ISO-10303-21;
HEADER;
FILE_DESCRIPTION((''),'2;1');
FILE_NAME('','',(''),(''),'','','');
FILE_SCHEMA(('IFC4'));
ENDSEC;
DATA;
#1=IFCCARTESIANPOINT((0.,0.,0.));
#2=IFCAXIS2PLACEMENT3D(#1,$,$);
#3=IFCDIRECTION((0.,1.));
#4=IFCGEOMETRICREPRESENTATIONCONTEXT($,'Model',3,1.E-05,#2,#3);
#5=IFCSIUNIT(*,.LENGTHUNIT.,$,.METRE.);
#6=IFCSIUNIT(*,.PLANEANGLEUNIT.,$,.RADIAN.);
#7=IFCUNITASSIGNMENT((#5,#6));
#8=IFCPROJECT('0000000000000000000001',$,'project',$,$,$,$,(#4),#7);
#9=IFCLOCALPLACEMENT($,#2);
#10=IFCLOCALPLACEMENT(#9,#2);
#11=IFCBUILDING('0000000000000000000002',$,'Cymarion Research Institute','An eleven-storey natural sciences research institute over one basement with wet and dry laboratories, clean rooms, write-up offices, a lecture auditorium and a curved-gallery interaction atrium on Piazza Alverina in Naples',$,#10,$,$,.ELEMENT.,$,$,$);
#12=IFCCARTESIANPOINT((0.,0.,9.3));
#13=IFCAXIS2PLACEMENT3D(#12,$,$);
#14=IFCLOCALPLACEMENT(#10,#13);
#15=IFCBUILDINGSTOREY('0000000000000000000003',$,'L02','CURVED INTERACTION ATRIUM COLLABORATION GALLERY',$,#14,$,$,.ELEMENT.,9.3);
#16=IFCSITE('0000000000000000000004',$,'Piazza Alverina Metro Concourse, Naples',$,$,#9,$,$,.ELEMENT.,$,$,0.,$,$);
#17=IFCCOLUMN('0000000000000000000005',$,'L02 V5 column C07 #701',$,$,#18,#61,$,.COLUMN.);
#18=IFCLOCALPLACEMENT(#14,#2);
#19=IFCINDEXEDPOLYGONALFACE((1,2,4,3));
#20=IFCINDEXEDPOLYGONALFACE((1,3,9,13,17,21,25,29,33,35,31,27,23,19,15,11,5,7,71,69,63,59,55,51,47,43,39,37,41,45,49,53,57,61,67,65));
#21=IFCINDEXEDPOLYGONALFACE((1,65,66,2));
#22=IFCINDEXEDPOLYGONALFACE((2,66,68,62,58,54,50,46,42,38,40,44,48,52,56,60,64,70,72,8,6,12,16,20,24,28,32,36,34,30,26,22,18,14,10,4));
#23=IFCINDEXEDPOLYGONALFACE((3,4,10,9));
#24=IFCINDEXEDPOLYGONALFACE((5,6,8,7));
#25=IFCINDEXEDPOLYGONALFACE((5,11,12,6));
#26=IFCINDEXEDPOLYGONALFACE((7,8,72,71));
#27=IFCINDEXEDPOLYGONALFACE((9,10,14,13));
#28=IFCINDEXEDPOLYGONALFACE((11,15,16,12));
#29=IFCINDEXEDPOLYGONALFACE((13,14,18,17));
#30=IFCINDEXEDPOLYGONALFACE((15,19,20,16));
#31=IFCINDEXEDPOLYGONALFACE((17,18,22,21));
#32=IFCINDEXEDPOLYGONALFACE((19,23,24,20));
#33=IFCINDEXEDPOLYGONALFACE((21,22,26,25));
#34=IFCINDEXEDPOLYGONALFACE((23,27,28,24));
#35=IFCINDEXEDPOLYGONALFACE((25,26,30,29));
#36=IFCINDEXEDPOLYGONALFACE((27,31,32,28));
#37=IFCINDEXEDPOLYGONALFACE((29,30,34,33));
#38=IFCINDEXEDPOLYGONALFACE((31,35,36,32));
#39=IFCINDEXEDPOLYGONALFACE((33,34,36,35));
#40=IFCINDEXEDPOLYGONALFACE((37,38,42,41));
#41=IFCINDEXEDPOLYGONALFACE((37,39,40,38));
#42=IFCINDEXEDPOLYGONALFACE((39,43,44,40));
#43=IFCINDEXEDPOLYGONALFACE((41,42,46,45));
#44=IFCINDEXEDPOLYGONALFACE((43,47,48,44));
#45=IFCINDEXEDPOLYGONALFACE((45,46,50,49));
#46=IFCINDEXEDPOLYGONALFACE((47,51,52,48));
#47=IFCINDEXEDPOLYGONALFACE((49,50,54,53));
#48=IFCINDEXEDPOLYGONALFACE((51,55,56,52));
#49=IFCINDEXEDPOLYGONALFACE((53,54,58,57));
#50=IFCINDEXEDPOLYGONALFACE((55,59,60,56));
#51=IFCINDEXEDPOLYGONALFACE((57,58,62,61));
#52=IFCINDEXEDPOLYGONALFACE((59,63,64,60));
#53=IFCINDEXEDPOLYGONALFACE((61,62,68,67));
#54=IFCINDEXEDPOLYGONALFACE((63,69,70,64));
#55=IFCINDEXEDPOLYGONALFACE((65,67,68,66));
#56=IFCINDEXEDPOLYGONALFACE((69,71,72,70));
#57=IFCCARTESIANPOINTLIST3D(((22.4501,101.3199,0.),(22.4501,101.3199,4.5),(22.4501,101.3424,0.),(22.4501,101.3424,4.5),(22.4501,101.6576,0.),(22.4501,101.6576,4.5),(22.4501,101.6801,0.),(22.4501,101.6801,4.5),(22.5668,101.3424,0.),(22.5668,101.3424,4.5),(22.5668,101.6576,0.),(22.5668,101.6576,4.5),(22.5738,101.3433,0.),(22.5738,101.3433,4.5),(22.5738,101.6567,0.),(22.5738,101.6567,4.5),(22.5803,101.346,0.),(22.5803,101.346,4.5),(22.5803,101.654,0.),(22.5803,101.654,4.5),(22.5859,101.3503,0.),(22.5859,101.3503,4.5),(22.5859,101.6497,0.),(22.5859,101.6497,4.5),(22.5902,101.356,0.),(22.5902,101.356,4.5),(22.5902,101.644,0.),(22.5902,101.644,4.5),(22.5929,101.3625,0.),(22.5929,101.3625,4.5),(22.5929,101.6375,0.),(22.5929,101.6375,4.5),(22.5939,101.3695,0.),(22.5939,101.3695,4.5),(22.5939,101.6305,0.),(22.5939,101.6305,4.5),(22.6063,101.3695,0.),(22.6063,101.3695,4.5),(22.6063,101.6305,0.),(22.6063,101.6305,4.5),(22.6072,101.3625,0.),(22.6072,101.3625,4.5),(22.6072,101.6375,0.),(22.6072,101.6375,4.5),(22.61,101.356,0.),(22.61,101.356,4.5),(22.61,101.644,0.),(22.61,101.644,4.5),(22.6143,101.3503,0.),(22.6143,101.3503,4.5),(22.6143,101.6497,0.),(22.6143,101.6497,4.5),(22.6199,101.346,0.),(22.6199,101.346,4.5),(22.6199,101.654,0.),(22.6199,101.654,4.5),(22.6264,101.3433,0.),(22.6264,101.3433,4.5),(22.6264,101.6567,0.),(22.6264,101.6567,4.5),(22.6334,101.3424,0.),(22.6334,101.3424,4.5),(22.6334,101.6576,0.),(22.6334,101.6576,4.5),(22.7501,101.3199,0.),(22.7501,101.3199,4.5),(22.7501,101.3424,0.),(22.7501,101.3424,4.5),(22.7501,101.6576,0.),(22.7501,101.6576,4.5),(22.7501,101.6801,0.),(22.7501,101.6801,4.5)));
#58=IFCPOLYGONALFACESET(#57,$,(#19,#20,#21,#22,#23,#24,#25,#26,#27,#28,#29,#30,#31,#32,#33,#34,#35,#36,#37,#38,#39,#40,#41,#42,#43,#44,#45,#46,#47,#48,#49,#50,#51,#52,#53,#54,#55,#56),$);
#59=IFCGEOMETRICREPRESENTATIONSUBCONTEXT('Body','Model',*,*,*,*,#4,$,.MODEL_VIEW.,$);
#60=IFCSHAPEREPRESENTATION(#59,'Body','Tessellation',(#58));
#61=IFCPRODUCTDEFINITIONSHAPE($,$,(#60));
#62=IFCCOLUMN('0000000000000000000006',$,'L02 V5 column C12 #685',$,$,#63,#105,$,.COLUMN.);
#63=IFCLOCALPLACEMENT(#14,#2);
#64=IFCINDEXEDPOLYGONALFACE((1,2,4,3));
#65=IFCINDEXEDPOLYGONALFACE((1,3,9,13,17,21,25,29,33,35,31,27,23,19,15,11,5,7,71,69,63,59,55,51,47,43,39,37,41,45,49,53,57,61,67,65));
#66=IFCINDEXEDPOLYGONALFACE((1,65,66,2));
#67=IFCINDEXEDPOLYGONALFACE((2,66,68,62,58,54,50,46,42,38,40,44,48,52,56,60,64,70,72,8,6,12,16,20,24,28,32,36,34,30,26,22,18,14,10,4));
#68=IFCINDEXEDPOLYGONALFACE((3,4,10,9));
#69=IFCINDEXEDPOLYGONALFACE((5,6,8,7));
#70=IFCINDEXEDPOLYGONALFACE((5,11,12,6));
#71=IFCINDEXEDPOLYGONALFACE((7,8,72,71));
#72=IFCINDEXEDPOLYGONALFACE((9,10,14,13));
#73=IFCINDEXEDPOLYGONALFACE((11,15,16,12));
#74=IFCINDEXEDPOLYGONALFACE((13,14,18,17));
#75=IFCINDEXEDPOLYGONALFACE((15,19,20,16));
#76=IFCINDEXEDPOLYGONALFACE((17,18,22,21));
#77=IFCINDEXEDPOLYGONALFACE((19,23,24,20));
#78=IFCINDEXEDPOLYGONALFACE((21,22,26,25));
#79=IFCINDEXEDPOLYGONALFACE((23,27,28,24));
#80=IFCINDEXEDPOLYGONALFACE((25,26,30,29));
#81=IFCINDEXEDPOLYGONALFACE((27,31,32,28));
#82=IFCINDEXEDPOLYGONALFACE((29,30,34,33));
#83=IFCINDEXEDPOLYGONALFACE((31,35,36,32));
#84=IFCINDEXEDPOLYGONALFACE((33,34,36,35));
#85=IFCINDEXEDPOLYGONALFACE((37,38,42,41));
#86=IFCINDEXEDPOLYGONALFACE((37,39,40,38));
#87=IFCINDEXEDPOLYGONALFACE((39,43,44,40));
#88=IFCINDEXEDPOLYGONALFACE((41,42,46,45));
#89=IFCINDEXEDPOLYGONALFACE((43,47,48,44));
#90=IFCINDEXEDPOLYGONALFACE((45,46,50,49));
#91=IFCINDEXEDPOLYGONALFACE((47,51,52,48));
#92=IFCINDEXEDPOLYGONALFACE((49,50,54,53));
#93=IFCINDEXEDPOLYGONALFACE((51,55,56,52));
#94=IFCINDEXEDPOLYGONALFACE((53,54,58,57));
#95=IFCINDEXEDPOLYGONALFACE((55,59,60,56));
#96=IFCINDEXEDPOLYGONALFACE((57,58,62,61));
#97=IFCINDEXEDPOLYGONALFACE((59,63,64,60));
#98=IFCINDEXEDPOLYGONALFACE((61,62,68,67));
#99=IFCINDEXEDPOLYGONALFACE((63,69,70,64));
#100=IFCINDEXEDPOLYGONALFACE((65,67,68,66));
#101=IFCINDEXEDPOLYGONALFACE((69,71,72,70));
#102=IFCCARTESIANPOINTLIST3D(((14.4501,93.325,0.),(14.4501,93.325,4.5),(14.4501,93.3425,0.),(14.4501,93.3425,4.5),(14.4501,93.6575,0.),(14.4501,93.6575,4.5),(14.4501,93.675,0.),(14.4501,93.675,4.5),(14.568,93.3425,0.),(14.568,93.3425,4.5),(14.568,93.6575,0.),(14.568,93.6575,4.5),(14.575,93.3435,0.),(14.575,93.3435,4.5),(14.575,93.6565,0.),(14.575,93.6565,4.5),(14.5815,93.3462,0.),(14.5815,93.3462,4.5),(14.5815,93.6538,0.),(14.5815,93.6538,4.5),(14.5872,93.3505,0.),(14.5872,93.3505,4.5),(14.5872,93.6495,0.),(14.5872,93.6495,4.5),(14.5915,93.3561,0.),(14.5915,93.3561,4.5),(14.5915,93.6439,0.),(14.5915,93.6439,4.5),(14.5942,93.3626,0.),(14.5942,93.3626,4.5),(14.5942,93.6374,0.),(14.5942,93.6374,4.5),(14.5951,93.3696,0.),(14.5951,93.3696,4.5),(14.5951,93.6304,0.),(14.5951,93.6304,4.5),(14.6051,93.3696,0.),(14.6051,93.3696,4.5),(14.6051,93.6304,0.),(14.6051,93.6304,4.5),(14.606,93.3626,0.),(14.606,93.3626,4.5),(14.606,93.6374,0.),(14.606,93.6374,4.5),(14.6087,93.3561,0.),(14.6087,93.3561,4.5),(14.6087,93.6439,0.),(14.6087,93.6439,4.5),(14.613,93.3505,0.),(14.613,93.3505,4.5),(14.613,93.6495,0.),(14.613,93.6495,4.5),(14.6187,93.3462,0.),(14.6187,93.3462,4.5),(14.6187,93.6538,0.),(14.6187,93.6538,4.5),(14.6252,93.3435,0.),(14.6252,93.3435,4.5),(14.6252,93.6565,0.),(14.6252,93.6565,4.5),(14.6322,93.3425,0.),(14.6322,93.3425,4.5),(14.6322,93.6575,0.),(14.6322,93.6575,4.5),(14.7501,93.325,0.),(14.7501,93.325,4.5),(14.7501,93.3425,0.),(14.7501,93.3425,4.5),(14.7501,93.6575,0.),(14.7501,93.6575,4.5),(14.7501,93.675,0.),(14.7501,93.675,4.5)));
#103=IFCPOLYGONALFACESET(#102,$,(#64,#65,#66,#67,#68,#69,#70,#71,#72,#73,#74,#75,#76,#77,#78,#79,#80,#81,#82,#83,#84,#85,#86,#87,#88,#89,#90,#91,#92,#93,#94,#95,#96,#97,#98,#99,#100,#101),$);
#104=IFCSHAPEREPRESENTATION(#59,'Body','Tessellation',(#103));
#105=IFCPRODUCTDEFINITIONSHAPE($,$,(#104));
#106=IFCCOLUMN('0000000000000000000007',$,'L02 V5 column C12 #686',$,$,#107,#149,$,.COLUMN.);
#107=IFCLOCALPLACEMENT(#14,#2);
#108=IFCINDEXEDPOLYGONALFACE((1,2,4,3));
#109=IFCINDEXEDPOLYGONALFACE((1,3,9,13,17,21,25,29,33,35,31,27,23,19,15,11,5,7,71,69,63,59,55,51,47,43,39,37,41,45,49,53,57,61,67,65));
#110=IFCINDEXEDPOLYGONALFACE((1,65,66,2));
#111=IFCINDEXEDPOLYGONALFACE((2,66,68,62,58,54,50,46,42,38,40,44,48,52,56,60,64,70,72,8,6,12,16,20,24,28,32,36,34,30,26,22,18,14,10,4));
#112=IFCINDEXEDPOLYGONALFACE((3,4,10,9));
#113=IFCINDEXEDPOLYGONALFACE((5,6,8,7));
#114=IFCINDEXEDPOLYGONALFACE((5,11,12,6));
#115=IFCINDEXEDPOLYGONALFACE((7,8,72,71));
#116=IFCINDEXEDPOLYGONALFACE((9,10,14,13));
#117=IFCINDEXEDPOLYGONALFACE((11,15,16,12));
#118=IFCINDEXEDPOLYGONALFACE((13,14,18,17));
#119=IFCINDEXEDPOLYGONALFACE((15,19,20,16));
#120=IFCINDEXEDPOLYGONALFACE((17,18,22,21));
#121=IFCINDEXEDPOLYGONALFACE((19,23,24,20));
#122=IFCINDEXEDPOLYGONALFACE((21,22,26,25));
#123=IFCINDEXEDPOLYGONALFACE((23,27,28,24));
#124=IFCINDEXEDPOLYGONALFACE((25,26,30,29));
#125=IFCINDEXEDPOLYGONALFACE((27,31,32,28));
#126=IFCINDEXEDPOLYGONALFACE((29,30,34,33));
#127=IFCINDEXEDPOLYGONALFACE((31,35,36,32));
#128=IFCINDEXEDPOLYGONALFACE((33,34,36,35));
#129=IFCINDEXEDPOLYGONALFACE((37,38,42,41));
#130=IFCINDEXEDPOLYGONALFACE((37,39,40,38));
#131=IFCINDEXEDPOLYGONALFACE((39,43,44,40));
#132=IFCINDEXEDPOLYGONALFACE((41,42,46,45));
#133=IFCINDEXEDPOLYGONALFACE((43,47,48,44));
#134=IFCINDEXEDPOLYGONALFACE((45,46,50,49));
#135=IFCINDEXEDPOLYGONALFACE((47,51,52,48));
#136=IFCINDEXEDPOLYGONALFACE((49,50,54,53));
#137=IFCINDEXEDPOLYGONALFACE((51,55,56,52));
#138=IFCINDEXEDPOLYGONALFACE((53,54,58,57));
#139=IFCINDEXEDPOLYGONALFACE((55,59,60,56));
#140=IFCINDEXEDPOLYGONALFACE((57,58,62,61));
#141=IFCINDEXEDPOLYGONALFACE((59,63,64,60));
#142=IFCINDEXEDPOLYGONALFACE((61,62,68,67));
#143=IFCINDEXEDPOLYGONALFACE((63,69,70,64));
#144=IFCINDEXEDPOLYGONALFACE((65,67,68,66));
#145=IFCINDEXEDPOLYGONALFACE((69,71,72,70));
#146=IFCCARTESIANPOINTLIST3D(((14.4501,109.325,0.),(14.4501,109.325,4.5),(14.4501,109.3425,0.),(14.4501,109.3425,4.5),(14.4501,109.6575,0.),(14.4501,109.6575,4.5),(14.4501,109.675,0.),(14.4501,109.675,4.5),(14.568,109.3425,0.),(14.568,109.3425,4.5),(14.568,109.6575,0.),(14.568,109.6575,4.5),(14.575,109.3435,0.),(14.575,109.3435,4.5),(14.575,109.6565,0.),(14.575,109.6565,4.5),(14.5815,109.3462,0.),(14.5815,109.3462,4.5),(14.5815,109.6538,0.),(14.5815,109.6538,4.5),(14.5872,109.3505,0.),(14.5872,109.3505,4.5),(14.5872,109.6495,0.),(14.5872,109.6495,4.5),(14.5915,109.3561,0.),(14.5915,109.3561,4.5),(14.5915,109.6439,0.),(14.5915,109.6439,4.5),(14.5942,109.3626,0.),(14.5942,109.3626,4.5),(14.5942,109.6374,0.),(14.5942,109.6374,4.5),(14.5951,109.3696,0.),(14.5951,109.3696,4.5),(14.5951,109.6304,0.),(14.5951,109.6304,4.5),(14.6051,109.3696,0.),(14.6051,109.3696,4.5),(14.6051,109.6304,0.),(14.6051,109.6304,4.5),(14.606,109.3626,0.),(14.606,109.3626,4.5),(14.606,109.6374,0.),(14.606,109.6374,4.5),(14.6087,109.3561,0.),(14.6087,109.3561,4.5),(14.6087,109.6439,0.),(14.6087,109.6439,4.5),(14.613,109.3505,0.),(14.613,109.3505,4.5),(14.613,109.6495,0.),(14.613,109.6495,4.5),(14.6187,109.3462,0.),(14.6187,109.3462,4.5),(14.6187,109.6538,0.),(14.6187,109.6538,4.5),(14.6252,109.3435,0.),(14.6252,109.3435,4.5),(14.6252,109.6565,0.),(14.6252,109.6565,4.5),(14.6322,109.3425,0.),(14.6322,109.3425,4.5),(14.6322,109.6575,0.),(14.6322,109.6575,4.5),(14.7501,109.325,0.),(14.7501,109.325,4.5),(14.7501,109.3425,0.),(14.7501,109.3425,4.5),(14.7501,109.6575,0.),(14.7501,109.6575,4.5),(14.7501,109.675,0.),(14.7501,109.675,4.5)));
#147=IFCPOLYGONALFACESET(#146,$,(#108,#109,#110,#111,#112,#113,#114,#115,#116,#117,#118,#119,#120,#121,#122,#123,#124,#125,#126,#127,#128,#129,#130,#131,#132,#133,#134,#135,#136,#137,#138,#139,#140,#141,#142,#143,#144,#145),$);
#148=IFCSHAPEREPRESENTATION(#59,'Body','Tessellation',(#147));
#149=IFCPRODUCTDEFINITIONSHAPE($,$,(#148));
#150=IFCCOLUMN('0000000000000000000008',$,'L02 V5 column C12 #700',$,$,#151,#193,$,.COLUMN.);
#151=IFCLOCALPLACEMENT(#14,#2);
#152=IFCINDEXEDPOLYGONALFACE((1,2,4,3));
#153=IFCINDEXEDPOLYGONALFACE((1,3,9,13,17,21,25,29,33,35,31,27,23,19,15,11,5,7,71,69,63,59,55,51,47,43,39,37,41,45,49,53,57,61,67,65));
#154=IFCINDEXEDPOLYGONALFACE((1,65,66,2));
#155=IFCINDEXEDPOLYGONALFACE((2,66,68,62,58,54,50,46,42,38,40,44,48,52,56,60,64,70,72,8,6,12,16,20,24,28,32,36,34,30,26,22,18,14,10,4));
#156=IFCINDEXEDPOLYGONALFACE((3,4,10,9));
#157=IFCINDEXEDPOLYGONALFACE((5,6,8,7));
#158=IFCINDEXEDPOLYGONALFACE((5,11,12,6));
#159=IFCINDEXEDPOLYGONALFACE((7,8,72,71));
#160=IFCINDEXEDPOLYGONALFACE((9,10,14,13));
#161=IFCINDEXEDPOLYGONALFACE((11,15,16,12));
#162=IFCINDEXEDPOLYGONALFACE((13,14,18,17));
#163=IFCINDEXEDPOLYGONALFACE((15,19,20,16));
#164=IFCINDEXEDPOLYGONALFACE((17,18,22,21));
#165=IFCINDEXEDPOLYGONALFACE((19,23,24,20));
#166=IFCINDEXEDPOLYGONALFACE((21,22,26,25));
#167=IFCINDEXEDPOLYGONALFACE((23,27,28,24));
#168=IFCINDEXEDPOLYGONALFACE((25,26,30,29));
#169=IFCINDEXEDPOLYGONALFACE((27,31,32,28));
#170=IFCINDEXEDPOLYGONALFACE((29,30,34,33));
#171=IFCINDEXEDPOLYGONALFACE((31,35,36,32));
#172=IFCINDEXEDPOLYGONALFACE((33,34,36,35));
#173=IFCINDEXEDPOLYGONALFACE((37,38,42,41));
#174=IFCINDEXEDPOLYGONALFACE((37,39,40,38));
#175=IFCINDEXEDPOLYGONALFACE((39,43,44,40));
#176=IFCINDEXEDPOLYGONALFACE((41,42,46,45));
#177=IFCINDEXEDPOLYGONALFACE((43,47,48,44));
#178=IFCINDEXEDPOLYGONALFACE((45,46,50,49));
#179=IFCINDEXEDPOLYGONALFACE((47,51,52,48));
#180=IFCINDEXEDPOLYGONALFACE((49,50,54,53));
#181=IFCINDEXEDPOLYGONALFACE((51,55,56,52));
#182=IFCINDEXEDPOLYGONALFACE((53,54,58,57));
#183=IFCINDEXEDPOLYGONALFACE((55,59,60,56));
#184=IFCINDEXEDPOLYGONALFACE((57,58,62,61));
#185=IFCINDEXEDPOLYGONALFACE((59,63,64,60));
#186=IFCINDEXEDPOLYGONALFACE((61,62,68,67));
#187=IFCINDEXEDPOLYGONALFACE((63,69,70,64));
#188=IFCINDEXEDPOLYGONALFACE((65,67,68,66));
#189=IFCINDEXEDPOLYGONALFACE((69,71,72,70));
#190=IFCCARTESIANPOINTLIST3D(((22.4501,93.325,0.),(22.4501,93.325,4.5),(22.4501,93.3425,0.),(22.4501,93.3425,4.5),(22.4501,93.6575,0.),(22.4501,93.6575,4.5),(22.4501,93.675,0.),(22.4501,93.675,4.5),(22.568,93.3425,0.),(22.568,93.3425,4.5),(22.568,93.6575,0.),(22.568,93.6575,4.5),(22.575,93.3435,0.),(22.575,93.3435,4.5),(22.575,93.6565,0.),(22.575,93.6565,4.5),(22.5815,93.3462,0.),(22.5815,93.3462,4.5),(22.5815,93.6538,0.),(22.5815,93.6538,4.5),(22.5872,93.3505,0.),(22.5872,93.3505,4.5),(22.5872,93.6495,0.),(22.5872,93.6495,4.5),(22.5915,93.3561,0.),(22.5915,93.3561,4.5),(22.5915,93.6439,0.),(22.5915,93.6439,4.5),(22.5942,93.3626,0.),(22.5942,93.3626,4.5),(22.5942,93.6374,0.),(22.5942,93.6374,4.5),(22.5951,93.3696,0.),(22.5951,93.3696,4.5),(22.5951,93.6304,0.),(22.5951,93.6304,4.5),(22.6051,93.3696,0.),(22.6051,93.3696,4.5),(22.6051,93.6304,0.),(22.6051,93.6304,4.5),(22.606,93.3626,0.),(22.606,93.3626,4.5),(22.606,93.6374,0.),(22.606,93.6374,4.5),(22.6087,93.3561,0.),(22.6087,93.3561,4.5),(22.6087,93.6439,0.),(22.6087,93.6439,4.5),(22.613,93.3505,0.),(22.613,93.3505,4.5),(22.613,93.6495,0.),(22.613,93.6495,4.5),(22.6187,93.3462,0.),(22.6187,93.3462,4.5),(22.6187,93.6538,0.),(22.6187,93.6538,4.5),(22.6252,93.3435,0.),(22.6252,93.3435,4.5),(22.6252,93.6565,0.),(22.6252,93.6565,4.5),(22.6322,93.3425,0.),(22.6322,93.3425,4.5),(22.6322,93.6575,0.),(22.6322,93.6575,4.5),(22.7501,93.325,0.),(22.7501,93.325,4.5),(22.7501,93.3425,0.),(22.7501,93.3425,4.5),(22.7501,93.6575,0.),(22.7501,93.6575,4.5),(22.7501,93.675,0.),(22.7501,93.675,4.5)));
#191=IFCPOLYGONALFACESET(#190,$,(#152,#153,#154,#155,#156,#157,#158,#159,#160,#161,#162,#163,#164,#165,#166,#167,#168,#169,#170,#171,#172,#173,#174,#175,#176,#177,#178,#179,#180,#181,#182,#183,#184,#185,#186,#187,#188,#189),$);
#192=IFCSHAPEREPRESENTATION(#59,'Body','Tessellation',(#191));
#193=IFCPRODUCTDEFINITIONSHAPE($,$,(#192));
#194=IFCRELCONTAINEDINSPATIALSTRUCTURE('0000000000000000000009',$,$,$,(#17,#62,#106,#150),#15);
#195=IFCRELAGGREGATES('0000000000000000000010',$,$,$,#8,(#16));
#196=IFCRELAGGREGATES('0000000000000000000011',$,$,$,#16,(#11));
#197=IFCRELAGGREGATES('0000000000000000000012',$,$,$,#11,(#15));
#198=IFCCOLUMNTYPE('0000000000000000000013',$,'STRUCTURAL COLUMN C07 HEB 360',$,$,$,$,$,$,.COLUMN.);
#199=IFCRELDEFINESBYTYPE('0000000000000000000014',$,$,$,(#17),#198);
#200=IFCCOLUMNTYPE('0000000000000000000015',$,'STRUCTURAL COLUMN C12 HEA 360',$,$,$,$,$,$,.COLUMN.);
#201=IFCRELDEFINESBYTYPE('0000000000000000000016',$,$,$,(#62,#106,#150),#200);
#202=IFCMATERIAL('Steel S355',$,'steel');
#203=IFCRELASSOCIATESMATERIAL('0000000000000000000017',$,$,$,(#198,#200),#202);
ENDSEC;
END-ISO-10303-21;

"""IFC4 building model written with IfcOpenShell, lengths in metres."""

from ifc_helpers import new_model, si_unit, direction, frame, origin, origin_2d, place, context, subcontext, project, spatial, i_section, extrude, material, material_profile, profile_set, type_object, element, save


model = new_model("IFC4")

# Units and contexts
model_context = context("Model", 3, precision=1e-05, world=origin(), true_north=direction((0.0, 1.0)))
body_context = subcontext(model_context, "Body", "Model", "MODEL_VIEW")
ifc_project = project(units=[si_unit("LENGTHUNIT", "METRE"), si_unit("PLANEANGLEUNIT", "RADIAN")], contexts=[model_context])

# Site, building, storey
site_placement = place(None, origin())
site = spatial("IfcSite", under=ifc_project, at=site_placement, Name="Piazza Alverina Metro Concourse, Naples", CompositionType="ELEMENT", RefElevation=0.0)
building_placement = place(site_placement, origin())
building = spatial("IfcBuilding", under=site, at=building_placement, Name="Cymarion Research Institute", Description="An eleven-storey natural sciences research institute over one basement with wet and dry laboratories, clean rooms, write-up offices, a lecture auditorium and a curved-gallery interaction atrium on Piazza Alverina in Naples", CompositionType="ELEMENT")
storey_placement = place(building_placement, frame((0.0, 0.0, 9.3)))
storey = spatial("IfcBuildingStorey", under=building, at=storey_placement, Name="L02", Description="CURVED INTERACTION ATRIUM COLLABORATION GALLERY", CompositionType="ELEMENT", Elevation=9.3)

# Columns
ifc_material_1 = material(Name="Steel S355", Category="steel")
ifc_material_profile_1 = material_profile(ifc_material_1, i_section(OverallWidth=0.3, OverallDepth=0.3601, WebThickness=0.0125, FlangeThickness=0.0225, FilletRadius=0.0271, at=origin_2d()), Name="HEB 360")
ifc_profile_set_1 = profile_set([ifc_material_profile_1], Name="Steel S355")
column_type_1 = type_object("IfcColumnType", Name="STRUCTURAL COLUMN C07 HEB 360", PredefinedType="COLUMN", material=ifc_profile_set_1)
column_placement = place(storey_placement, frame((22.6001, 101.5, 0.0), z_axis=(0.0, 0.0, 1.0), x_axis=(1.0, 0.0, 0.0)))
element("IfcColumn", 1, at=column_placement, inside=storey, type_object=column_type_1, Name="L02 V5 column C07 #701", PredefinedType="COLUMN", context=body_context, shape_type="SweptSolid", body=[
    extrude(i_section(OverallWidth=0.3, OverallDepth=0.3601, WebThickness=0.0125, FlangeThickness=0.0225, FilletRadius=0.0271, at=origin_2d()), origin(), (0.0, 0.0, 1.0), 4.5),
])
ifc_material_profile_2 = material_profile(ifc_material_1, i_section(OverallWidth=0.3, OverallDepth=0.3501, WebThickness=0.01, FlangeThickness=0.0176, FilletRadius=0.0271, at=origin_2d()), Name="HEA 360")
ifc_profile_set_2 = profile_set([ifc_material_profile_2], Name="Steel S355")
column_type_2 = type_object("IfcColumnType", Name="STRUCTURAL COLUMN C12 HEA 360", PredefinedType="COLUMN", material=ifc_profile_set_2)
for number, where, z_axis, x_axis, name in (
    (2, (14.6001, 93.5, 0.0), (0.0, 0.0, 1.0), (1.0, 0.0, 0.0), "L02 V5 column C12 #685"),
    (3, (14.6001, 109.5, 0.0), (0.0, 0.0, 1.0), (1.0, 0.0, 0.0), "L02 V5 column C12 #686"),
    (4, (22.6001, 93.5, 0.0), (0.0, 0.0, 1.0), (1.0, 0.0, 0.0), "L02 V5 column C12 #700"),
):
    element("IfcColumn", number, at=place(storey_placement, frame(where, z_axis=z_axis, x_axis=x_axis)), inside=storey, type_object=column_type_2, Name=name, PredefinedType="COLUMN", context=body_context, shape_type="SweptSolid", body=[
        extrude(i_section(OverallWidth=0.3, OverallDepth=0.3501, WebThickness=0.01, FlangeThickness=0.0176, FilletRadius=0.0271, at=origin_2d()), origin(), (0.0, 0.0, 1.0), 4.5),
    ])

save(model, "model.ifc")
